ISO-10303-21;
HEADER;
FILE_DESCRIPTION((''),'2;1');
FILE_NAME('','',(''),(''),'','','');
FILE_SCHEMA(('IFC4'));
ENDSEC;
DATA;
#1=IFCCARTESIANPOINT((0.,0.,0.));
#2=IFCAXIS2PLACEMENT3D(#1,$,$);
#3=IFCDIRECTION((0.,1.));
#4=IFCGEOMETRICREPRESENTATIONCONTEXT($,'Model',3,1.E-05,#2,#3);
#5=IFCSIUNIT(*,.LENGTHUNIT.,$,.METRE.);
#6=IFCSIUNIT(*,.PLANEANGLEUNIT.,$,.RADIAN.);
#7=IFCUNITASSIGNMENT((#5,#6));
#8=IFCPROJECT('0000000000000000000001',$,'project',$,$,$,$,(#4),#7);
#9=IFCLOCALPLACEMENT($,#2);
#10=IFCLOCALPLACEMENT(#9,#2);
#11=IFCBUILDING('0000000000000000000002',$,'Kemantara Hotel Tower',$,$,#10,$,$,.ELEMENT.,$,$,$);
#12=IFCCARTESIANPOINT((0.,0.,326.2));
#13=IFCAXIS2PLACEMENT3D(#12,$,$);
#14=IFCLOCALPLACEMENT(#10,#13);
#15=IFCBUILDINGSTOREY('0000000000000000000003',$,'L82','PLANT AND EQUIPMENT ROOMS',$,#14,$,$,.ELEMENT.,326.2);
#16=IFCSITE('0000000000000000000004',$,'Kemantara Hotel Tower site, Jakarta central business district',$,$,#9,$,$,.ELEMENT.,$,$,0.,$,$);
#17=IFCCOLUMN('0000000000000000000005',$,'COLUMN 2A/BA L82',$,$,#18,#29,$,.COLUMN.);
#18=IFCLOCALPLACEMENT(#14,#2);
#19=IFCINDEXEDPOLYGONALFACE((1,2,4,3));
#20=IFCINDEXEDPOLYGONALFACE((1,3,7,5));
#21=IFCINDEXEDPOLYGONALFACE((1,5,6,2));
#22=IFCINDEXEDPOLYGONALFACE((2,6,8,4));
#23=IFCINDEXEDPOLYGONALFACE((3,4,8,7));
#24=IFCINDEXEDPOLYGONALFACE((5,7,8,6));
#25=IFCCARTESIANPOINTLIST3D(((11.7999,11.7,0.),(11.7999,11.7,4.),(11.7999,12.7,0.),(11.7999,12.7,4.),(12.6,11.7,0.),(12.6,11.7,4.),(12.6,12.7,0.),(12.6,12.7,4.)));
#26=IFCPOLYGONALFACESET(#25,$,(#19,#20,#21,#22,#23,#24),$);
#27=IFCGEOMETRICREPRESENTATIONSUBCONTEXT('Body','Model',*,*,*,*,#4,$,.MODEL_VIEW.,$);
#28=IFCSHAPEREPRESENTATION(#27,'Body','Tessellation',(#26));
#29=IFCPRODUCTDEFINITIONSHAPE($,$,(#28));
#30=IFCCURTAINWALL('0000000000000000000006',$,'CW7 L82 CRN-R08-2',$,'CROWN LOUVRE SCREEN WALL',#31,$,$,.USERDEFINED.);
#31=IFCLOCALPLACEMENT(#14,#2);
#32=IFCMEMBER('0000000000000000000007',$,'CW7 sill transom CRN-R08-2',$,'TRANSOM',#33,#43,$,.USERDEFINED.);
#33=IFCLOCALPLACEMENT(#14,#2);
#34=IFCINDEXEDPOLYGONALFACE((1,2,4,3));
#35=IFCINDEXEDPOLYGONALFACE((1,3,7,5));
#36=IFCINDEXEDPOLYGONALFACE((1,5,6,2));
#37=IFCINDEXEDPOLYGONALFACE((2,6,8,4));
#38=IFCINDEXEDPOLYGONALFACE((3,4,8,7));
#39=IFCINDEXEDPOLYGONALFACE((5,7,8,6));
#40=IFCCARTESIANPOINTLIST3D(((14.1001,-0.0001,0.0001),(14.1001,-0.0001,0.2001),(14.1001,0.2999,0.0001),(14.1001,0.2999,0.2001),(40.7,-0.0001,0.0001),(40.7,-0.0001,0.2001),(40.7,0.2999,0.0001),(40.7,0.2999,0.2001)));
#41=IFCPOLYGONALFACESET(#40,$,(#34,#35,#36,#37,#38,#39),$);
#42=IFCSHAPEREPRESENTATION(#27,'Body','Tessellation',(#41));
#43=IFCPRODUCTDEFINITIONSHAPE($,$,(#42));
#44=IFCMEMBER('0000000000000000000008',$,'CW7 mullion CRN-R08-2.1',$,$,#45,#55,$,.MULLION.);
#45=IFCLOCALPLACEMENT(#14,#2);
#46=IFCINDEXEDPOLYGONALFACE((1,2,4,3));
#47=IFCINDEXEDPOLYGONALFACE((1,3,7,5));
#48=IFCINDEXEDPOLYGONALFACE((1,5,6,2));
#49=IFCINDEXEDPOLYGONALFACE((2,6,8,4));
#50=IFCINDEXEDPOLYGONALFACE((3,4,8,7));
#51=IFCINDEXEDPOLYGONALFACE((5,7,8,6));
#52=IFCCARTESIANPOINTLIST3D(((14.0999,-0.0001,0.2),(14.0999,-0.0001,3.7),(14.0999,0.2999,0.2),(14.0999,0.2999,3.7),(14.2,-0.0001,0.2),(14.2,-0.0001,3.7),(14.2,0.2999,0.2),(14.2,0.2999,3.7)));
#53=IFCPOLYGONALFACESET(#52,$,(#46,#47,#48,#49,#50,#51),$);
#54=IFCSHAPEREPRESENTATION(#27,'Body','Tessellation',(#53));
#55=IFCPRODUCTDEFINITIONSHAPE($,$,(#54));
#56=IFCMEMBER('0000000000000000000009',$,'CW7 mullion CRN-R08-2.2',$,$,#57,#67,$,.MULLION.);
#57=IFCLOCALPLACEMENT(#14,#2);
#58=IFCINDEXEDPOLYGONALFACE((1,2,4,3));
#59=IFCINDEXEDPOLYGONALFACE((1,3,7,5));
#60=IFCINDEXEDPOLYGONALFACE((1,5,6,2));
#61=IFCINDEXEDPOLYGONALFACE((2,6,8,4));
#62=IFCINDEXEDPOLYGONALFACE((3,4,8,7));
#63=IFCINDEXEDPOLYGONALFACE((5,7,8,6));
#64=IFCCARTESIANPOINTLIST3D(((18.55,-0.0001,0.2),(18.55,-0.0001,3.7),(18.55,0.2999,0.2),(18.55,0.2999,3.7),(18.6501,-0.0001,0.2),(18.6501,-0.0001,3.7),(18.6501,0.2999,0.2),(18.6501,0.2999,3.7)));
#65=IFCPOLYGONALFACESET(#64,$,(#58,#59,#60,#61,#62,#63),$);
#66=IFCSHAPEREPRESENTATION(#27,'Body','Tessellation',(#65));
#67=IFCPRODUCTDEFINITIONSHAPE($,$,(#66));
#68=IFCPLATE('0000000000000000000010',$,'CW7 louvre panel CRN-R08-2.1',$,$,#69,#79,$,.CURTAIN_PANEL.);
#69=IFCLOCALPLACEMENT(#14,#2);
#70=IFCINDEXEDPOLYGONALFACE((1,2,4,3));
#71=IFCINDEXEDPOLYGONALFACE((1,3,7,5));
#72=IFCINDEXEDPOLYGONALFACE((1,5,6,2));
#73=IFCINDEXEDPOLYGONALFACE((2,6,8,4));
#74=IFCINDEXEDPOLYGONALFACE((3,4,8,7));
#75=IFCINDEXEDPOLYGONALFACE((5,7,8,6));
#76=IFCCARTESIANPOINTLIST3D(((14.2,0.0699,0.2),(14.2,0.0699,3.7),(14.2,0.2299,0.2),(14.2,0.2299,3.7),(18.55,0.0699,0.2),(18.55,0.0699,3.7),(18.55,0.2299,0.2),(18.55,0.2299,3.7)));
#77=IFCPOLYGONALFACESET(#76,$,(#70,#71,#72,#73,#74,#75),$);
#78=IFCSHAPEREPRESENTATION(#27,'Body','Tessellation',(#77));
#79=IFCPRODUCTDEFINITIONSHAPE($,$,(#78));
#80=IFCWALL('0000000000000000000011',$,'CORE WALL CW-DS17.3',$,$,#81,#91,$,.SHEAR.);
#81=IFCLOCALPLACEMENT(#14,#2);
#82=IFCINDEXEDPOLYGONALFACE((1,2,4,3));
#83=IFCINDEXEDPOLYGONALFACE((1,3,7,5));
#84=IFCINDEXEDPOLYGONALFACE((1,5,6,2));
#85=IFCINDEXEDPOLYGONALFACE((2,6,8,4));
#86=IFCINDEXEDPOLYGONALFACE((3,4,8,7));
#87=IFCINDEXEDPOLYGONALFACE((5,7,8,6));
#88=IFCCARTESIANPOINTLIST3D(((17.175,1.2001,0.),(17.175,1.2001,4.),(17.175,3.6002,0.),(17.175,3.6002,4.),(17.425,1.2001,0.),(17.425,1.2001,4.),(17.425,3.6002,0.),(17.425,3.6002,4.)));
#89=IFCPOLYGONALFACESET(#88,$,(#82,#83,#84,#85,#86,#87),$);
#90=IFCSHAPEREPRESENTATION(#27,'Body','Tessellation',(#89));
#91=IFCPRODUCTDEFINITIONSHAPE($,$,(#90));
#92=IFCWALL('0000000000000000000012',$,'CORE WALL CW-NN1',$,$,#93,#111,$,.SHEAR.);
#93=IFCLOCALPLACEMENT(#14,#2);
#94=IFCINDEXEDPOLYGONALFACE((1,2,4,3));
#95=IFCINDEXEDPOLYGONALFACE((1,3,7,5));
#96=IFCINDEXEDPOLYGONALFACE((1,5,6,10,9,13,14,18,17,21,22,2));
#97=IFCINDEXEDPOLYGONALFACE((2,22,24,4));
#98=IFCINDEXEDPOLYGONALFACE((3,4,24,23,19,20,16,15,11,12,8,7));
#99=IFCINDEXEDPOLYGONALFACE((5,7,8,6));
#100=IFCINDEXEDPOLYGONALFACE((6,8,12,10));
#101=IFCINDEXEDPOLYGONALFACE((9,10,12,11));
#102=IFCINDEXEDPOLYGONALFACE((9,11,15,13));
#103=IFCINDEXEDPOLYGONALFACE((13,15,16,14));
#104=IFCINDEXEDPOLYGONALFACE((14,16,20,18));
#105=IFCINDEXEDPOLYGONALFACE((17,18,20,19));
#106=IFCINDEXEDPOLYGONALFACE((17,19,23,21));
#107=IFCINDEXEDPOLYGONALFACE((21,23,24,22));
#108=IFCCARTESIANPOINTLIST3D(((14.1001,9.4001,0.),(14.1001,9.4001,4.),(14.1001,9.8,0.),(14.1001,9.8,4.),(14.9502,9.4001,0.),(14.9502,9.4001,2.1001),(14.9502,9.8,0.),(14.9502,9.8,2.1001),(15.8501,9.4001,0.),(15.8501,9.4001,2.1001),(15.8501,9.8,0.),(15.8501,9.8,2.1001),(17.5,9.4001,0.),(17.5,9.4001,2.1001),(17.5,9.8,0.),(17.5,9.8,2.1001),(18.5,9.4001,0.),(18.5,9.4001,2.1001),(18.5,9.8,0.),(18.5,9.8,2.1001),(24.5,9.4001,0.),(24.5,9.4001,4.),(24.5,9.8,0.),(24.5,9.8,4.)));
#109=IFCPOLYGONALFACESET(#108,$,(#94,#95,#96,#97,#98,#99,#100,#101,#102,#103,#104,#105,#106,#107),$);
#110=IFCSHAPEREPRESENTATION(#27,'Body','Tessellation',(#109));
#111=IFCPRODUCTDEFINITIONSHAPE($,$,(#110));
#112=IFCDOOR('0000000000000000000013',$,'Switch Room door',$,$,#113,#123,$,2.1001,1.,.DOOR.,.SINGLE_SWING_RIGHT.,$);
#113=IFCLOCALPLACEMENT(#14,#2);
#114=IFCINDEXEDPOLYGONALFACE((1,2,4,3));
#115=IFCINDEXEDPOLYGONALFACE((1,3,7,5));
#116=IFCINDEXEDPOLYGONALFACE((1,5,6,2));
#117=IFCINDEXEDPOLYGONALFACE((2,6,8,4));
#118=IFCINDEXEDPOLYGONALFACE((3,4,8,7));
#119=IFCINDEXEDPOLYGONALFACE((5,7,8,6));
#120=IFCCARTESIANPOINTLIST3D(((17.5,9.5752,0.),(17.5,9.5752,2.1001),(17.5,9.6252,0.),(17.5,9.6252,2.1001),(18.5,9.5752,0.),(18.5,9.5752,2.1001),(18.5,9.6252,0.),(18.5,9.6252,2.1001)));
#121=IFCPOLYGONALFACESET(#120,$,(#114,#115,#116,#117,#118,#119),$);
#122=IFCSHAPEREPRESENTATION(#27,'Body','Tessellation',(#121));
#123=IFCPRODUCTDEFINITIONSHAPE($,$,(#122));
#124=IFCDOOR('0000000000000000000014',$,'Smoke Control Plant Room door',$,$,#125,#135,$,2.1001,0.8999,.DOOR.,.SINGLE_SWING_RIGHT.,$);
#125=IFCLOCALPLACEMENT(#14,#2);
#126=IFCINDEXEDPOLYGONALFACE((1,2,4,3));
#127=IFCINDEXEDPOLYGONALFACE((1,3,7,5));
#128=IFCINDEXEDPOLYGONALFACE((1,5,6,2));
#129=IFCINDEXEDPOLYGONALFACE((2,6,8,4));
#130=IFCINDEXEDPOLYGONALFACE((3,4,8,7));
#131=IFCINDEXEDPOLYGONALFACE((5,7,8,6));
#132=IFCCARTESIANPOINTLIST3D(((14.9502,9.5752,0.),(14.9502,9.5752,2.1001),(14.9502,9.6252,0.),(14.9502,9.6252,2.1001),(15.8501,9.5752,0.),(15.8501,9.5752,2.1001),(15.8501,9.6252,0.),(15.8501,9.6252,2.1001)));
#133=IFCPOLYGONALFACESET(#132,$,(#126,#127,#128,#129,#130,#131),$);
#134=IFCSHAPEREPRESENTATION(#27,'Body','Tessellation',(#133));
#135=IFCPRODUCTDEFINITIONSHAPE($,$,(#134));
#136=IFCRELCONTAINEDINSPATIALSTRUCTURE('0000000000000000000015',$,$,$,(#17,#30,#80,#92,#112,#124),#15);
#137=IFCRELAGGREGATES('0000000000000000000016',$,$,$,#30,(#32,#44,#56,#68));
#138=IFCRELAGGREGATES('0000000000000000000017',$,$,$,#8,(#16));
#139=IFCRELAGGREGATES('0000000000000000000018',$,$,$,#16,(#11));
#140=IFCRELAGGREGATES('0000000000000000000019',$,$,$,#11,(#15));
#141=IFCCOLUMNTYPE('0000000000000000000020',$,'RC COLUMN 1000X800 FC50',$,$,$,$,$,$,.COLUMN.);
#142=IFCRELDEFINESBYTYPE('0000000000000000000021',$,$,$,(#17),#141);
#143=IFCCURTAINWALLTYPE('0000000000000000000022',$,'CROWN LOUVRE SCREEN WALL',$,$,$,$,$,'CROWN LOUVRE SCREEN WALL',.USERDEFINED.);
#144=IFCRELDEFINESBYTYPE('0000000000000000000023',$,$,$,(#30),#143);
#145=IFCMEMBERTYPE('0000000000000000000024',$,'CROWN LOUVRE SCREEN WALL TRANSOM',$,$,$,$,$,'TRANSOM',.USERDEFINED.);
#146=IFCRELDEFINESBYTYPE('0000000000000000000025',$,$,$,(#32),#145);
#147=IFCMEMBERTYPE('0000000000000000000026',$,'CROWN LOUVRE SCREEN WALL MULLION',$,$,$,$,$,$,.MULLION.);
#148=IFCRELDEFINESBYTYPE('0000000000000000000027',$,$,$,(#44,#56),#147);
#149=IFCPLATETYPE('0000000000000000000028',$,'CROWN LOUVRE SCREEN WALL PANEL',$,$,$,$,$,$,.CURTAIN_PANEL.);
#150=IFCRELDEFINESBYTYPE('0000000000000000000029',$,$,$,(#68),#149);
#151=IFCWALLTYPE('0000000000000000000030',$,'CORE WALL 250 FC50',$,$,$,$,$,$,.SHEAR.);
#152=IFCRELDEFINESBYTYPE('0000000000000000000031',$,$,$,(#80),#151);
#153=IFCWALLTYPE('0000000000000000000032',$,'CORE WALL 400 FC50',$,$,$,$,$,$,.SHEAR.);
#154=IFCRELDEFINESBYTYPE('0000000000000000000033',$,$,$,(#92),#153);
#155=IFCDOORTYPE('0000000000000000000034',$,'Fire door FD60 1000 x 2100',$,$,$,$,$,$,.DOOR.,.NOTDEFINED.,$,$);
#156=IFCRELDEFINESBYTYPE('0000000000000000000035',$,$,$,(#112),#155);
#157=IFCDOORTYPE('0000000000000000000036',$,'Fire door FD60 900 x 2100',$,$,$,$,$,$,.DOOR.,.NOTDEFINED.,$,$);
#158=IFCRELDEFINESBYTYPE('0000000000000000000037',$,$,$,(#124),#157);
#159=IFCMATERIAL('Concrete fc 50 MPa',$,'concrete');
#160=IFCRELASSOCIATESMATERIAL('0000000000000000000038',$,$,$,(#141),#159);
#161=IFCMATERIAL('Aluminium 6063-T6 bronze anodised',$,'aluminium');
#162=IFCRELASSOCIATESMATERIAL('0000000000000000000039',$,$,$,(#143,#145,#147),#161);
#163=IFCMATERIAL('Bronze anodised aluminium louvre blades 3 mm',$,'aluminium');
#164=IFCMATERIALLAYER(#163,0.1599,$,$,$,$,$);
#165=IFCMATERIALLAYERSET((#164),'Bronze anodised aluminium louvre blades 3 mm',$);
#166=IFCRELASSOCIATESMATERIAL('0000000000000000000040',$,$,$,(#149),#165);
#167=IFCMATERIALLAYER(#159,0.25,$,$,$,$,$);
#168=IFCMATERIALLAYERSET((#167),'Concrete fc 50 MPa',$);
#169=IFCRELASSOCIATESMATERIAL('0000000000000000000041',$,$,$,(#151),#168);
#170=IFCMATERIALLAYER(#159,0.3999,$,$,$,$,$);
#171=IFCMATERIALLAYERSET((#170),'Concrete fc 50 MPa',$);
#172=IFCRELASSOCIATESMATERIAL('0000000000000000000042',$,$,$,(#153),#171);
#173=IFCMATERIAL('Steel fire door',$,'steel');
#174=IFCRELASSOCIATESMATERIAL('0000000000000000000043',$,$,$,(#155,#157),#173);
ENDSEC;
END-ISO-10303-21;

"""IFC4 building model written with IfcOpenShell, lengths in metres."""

from ifc_helpers import new_model, si_unit, direction, frame, frame_2d, origin, origin_2d, place, context, subcontext, project, spatial, rectangle, extrude, source, transform, mapped, material, layer, layer_set, material_profile, profile_set, type_object, element, fill, aggregate, save


model = new_model("IFC4")

# Units and contexts
model_context = context("Model", 3, precision=1e-05, world=origin(), true_north=direction((0.0, 1.0)))
body_context = subcontext(model_context, "Body", "Model", "MODEL_VIEW")
ifc_project = project(units=[si_unit("LENGTHUNIT", "METRE"), si_unit("PLANEANGLEUNIT", "RADIAN")], contexts=[model_context])

# Site, building, storey
site_placement = place(None, origin())
site = spatial("IfcSite", under=ifc_project, at=site_placement, Name="Kemantara Hotel Tower site, Jakarta central business district", CompositionType="ELEMENT", RefElevation=0.0)
building_placement = place(site_placement, origin())
building = spatial("IfcBuilding", under=site, at=building_placement, Name="Kemantara Hotel Tower", CompositionType="ELEMENT")
storey_placement = place(building_placement, frame((0.0, 0.0, 326.2)))
storey = spatial("IfcBuildingStorey", under=building, at=storey_placement, Name="L82", Description="PLANT AND EQUIPMENT ROOMS", CompositionType="ELEMENT", Elevation=326.2)

# Column
ifc_material_1 = material(Name="Concrete fc 50 MPa", Category="concrete")
ifc_material_profile_1 = material_profile(ifc_material_1, rectangle(XDim=1.0, YDim=0.8, at=origin_2d()), Name="RC 1000X800")
ifc_profile_set_1 = profile_set([ifc_material_profile_1], Name="Concrete fc 50 MPa")
column_type = type_object("IfcColumnType", Name="RC COLUMN 1000X800 FC50", PredefinedType="COLUMN", material=ifc_profile_set_1)
column_placement = place(storey_placement, frame((12.2, 12.2, 0.0), z_axis=(0.0, 0.0, 1.0), x_axis=(0.0, 1.0, 0.0)))
element("IfcColumn", 1, at=column_placement, inside=storey, type_object=column_type, Name="COLUMN 2A/BA L82", PredefinedType="COLUMN", context=body_context, shape_type="SweptSolid", body=[
    extrude(rectangle(XDim=1.0, YDim=0.8, at=origin_2d()), origin(), (0.0, 0.0, 1.0), 4.0),
])

# Curtain wall, members, plate
ifc_material_2 = material(Name="Aluminium 6063-T6 bronze anodised", Category="aluminium")
curtain_wall_type = type_object("IfcCurtainWallType", Name="CROWN LOUVRE SCREEN WALL", ElementType="CROWN LOUVRE SCREEN WALL", PredefinedType="USERDEFINED", material=ifc_material_2)
curtain_wall_placement = place(storey_placement, origin())
curtain_wall = element("IfcCurtainWall", 2, at=curtain_wall_placement, inside=storey, type_object=curtain_wall_type, Name="CW7 L82 CRN-R08-2", ObjectType="CROWN LOUVRE SCREEN WALL", PredefinedType="USERDEFINED")
ifc_material_profile_2 = material_profile(ifc_material_2, rectangle(XDim=0.3, YDim=0.2, at=origin_2d()), Name="CROWN LOUVRE SCREEN WALL TRANSOM")
ifc_profile_set_2 = profile_set([ifc_material_profile_2], Name="Aluminium 6063-T6 bronze anodised")
member_type_1 = type_object("IfcMemberType", Name="CROWN LOUVRE SCREEN WALL TRANSOM", ElementType="TRANSOM", PredefinedType="USERDEFINED", material=ifc_profile_set_2)
member_1_placement = place(storey_placement, frame((14.1001, 0.1499, 0.1001), z_axis=(1.0, 0.0, 0.0), x_axis=(0.0, 1.0, 0.0)))
member_1 = element("IfcMember", 3, at=member_1_placement, type_object=member_type_1, Name="CW7 sill transom CRN-R08-2", ObjectType="TRANSOM", PredefinedType="USERDEFINED", context=body_context, shape_type="SweptSolid", body=[
    extrude(rectangle(XDim=0.3, YDim=0.2, at=origin_2d()), origin(), (0.0, 0.0, 1.0), 26.5999),
])
ifc_material_profile_3 = material_profile(ifc_material_2, rectangle(XDim=0.3, YDim=0.1001, at=origin_2d()), Name="CROWN LOUVRE SCREEN WALL MULLION")
ifc_profile_set_3 = profile_set([ifc_material_profile_3], Name="Aluminium 6063-T6 bronze anodised")
member_type_2 = type_object("IfcMemberType", Name="CROWN LOUVRE SCREEN WALL MULLION", PredefinedType="MULLION", material=ifc_profile_set_3)
shared_shape_1 = source(origin(), body_context, "Body", "SweptSolid", [
    extrude(rectangle(XDim=0.3, YDim=0.1001, at=origin_2d()), origin(), (0.0, 0.0, 1.0), 3.5),
])
member_2_placement = place(storey_placement, frame((14.1499, 0.1499, 0.2), z_axis=(0.0, 0.0, 1.0), x_axis=(0.0, 1.0, 0.0)))
member_2 = element("IfcMember", 4, at=member_2_placement, type_object=member_type_2, Name="CW7 mullion CRN-R08-2.1", PredefinedType="MULLION", context=body_context, shape_type="MappedRepresentation", body=[
    mapped(shared_shape_1, transform((0.0, 0.0, 0.0))),
])
member_3_placement = place(storey_placement, frame((18.6001, 0.1499, 0.2), z_axis=(0.0, 0.0, 1.0), x_axis=(0.0, 1.0, 0.0)))
member_3 = element("IfcMember", 5, at=member_3_placement, type_object=member_type_2, Name="CW7 mullion CRN-R08-2.2", PredefinedType="MULLION", context=body_context, shape_type="MappedRepresentation", body=[
    mapped(shared_shape_1, transform((0.0, 0.0, 0.0))),
])
ifc_material_3 = material(Name="Bronze anodised aluminium louvre blades 3 mm", Category="aluminium")
ifc_layer_1 = layer(ifc_material_3, 0.1599)
ifc_layer_set_1 = layer_set([ifc_layer_1], Name="Bronze anodised aluminium louvre blades 3 mm")
plate_type = type_object("IfcPlateType", Name="CROWN LOUVRE SCREEN WALL PANEL", PredefinedType="CURTAIN_PANEL", material=ifc_layer_set_1)
shared_shape_2 = source(origin(), body_context, "Body", "SweptSolid", [
    extrude(rectangle(XDim=4.3501, YDim=0.1599, at=origin_2d()), origin(), (0.0, 0.0, 1.0), 3.5),
])
plate_placement = place(storey_placement, frame((16.375, 0.1499, 0.2), z_axis=(0.0, 0.0, 1.0), x_axis=(1.0, 0.0, 0.0)))
plate = element("IfcPlate", 6, at=plate_placement, type_object=plate_type, Name="CW7 louvre panel CRN-R08-2.1", PredefinedType="CURTAIN_PANEL", context=body_context, shape_type="MappedRepresentation", body=[
    mapped(shared_shape_2, transform((0.0, 0.0, 0.0))),
])
aggregate(curtain_wall, [member_1, member_2, member_3, plate])

# Wall
ifc_layer_2 = layer(ifc_material_1, 0.25)
ifc_layer_set_2 = layer_set([ifc_layer_2], Name="Concrete fc 50 MPa")
wall_type_1 = type_object("IfcWallType", Name="CORE WALL 250 FC50", PredefinedType="SHEAR", material=ifc_layer_set_2)
wall_1_placement = place(storey_placement, frame((17.3, 1.2, 0.0), z_axis=(0.0, 0.0, 1.0), x_axis=(0.0, 1.0, 0.0)))
element("IfcWall", 7, at=wall_1_placement, inside=storey, type_object=wall_type_1, Name="CORE WALL CW-DS17.3", PredefinedType="SHEAR", context=body_context, shape_type="SweptSolid", body=[
    extrude(rectangle(XDim=2.4001, YDim=0.25, at=frame_2d((1.2002, 0.0))), origin(), (0.0, 0.0, 1.0), 4.0),
])

# Wall, openings, doors
ifc_layer_3 = layer(ifc_material_1, 0.3999)
ifc_layer_set_3 = layer_set([ifc_layer_3], Name="Concrete fc 50 MPa")
wall_type_2 = type_object("IfcWallType", Name="CORE WALL 400 FC50", PredefinedType="SHEAR", material=ifc_layer_set_3)
wall_2_placement = place(storey_placement, frame((14.1001, 9.6001, 0.0), z_axis=(0.0, 0.0, 1.0), x_axis=(1.0, 0.0, 0.0)))
wall_2 = element("IfcWall", 8, at=wall_2_placement, inside=storey, type_object=wall_type_2, Name="CORE WALL CW-NN1", PredefinedType="SHEAR", context=body_context, shape_type="SweptSolid", body=[
    extrude(rectangle(XDim=10.3999, YDim=0.3999, at=frame_2d((5.2, 0.0))), origin(), (0.0, 0.0, 1.0), 4.0),
])
opening_1_placement = place(wall_2_placement, frame((0.8501, 0.0, 0.0)))
opening_1 = element("IfcOpeningElement", 9, at=opening_1_placement, cuts=wall_2, PredefinedType="OPENING", context=body_context, shape_type="SweptSolid", body=[
    extrude(rectangle(XDim=0.8999, YDim=2.1001, at=frame_2d((0.45, 1.05))), frame((0.0, 0.21, 0.0), z_axis=(0.0, -1.0, 0.0), x_axis=(1.0, 0.0, 0.0)), (0.0, 0.0, 1.0), 0.4199),
])
opening_2_placement = place(wall_2_placement, frame((3.3999, 0.0, 0.0)))
opening_2 = element("IfcOpeningElement", 10, at=opening_2_placement, cuts=wall_2, PredefinedType="OPENING", context=body_context, shape_type="SweptSolid", body=[
    extrude(rectangle(XDim=1.0, YDim=2.1001, at=frame_2d((0.5, 1.05))), frame((0.0, 0.21, 0.0), z_axis=(0.0, -1.0, 0.0), x_axis=(1.0, 0.0, 0.0)), (0.0, 0.0, 1.0), 0.4199),
])
ifc_material_4 = material(Name="Steel fire door", Category="steel")
door_type_1 = type_object("IfcDoorType", Name="Fire door FD60 1000 x 2100", OperationType="NOTDEFINED", PredefinedType="DOOR", material=ifc_material_4)
door_1_placement = place(opening_2_placement, frame((1.0, 0.0, 0.0), z_axis=(0.0, 0.0, 1.0), x_axis=(-1.0, 0.0, 0.0)))
door_1 = element("IfcDoor", 11, at=door_1_placement, inside=storey, type_object=door_type_1, Name="Switch Room door", OperationType="SINGLE_SWING_RIGHT", OverallHeight=2.1001, OverallWidth=1.0, PredefinedType="DOOR", context=body_context, shape_type="SweptSolid", body=[
    extrude(rectangle(XDim=1.0, YDim=2.1001, at=frame_2d((0.5, 1.05))), frame((0.0, 0.0249, 0.0), z_axis=(0.0, -1.0, 0.0), x_axis=(1.0, 0.0, 0.0)), (0.0, 0.0, 1.0), 0.05),
])
fill(opening_2, door_1)
door_type_2 = type_object("IfcDoorType", Name="Fire door FD60 900 x 2100", OperationType="NOTDEFINED", PredefinedType="DOOR", material=ifc_material_4)
door_2_placement = place(opening_1_placement, frame((0.8999, 0.0, 0.0), z_axis=(0.0, 0.0, 1.0), x_axis=(-1.0, 0.0, 0.0)))
door_2 = element("IfcDoor", 12, at=door_2_placement, inside=storey, type_object=door_type_2, Name="Smoke Control Plant Room door", OperationType="SINGLE_SWING_RIGHT", OverallHeight=2.1001, OverallWidth=0.8999, PredefinedType="DOOR", context=body_context, shape_type="SweptSolid", body=[
    extrude(rectangle(XDim=0.8999, YDim=2.1001, at=frame_2d((0.45, 1.05))), frame((0.0, 0.0249, 0.0), z_axis=(0.0, -1.0, 0.0), x_axis=(1.0, 0.0, 0.0)), (0.0, 0.0, 1.0), 0.05),
])
fill(opening_1, door_2)

save(model, "model.ifc")
